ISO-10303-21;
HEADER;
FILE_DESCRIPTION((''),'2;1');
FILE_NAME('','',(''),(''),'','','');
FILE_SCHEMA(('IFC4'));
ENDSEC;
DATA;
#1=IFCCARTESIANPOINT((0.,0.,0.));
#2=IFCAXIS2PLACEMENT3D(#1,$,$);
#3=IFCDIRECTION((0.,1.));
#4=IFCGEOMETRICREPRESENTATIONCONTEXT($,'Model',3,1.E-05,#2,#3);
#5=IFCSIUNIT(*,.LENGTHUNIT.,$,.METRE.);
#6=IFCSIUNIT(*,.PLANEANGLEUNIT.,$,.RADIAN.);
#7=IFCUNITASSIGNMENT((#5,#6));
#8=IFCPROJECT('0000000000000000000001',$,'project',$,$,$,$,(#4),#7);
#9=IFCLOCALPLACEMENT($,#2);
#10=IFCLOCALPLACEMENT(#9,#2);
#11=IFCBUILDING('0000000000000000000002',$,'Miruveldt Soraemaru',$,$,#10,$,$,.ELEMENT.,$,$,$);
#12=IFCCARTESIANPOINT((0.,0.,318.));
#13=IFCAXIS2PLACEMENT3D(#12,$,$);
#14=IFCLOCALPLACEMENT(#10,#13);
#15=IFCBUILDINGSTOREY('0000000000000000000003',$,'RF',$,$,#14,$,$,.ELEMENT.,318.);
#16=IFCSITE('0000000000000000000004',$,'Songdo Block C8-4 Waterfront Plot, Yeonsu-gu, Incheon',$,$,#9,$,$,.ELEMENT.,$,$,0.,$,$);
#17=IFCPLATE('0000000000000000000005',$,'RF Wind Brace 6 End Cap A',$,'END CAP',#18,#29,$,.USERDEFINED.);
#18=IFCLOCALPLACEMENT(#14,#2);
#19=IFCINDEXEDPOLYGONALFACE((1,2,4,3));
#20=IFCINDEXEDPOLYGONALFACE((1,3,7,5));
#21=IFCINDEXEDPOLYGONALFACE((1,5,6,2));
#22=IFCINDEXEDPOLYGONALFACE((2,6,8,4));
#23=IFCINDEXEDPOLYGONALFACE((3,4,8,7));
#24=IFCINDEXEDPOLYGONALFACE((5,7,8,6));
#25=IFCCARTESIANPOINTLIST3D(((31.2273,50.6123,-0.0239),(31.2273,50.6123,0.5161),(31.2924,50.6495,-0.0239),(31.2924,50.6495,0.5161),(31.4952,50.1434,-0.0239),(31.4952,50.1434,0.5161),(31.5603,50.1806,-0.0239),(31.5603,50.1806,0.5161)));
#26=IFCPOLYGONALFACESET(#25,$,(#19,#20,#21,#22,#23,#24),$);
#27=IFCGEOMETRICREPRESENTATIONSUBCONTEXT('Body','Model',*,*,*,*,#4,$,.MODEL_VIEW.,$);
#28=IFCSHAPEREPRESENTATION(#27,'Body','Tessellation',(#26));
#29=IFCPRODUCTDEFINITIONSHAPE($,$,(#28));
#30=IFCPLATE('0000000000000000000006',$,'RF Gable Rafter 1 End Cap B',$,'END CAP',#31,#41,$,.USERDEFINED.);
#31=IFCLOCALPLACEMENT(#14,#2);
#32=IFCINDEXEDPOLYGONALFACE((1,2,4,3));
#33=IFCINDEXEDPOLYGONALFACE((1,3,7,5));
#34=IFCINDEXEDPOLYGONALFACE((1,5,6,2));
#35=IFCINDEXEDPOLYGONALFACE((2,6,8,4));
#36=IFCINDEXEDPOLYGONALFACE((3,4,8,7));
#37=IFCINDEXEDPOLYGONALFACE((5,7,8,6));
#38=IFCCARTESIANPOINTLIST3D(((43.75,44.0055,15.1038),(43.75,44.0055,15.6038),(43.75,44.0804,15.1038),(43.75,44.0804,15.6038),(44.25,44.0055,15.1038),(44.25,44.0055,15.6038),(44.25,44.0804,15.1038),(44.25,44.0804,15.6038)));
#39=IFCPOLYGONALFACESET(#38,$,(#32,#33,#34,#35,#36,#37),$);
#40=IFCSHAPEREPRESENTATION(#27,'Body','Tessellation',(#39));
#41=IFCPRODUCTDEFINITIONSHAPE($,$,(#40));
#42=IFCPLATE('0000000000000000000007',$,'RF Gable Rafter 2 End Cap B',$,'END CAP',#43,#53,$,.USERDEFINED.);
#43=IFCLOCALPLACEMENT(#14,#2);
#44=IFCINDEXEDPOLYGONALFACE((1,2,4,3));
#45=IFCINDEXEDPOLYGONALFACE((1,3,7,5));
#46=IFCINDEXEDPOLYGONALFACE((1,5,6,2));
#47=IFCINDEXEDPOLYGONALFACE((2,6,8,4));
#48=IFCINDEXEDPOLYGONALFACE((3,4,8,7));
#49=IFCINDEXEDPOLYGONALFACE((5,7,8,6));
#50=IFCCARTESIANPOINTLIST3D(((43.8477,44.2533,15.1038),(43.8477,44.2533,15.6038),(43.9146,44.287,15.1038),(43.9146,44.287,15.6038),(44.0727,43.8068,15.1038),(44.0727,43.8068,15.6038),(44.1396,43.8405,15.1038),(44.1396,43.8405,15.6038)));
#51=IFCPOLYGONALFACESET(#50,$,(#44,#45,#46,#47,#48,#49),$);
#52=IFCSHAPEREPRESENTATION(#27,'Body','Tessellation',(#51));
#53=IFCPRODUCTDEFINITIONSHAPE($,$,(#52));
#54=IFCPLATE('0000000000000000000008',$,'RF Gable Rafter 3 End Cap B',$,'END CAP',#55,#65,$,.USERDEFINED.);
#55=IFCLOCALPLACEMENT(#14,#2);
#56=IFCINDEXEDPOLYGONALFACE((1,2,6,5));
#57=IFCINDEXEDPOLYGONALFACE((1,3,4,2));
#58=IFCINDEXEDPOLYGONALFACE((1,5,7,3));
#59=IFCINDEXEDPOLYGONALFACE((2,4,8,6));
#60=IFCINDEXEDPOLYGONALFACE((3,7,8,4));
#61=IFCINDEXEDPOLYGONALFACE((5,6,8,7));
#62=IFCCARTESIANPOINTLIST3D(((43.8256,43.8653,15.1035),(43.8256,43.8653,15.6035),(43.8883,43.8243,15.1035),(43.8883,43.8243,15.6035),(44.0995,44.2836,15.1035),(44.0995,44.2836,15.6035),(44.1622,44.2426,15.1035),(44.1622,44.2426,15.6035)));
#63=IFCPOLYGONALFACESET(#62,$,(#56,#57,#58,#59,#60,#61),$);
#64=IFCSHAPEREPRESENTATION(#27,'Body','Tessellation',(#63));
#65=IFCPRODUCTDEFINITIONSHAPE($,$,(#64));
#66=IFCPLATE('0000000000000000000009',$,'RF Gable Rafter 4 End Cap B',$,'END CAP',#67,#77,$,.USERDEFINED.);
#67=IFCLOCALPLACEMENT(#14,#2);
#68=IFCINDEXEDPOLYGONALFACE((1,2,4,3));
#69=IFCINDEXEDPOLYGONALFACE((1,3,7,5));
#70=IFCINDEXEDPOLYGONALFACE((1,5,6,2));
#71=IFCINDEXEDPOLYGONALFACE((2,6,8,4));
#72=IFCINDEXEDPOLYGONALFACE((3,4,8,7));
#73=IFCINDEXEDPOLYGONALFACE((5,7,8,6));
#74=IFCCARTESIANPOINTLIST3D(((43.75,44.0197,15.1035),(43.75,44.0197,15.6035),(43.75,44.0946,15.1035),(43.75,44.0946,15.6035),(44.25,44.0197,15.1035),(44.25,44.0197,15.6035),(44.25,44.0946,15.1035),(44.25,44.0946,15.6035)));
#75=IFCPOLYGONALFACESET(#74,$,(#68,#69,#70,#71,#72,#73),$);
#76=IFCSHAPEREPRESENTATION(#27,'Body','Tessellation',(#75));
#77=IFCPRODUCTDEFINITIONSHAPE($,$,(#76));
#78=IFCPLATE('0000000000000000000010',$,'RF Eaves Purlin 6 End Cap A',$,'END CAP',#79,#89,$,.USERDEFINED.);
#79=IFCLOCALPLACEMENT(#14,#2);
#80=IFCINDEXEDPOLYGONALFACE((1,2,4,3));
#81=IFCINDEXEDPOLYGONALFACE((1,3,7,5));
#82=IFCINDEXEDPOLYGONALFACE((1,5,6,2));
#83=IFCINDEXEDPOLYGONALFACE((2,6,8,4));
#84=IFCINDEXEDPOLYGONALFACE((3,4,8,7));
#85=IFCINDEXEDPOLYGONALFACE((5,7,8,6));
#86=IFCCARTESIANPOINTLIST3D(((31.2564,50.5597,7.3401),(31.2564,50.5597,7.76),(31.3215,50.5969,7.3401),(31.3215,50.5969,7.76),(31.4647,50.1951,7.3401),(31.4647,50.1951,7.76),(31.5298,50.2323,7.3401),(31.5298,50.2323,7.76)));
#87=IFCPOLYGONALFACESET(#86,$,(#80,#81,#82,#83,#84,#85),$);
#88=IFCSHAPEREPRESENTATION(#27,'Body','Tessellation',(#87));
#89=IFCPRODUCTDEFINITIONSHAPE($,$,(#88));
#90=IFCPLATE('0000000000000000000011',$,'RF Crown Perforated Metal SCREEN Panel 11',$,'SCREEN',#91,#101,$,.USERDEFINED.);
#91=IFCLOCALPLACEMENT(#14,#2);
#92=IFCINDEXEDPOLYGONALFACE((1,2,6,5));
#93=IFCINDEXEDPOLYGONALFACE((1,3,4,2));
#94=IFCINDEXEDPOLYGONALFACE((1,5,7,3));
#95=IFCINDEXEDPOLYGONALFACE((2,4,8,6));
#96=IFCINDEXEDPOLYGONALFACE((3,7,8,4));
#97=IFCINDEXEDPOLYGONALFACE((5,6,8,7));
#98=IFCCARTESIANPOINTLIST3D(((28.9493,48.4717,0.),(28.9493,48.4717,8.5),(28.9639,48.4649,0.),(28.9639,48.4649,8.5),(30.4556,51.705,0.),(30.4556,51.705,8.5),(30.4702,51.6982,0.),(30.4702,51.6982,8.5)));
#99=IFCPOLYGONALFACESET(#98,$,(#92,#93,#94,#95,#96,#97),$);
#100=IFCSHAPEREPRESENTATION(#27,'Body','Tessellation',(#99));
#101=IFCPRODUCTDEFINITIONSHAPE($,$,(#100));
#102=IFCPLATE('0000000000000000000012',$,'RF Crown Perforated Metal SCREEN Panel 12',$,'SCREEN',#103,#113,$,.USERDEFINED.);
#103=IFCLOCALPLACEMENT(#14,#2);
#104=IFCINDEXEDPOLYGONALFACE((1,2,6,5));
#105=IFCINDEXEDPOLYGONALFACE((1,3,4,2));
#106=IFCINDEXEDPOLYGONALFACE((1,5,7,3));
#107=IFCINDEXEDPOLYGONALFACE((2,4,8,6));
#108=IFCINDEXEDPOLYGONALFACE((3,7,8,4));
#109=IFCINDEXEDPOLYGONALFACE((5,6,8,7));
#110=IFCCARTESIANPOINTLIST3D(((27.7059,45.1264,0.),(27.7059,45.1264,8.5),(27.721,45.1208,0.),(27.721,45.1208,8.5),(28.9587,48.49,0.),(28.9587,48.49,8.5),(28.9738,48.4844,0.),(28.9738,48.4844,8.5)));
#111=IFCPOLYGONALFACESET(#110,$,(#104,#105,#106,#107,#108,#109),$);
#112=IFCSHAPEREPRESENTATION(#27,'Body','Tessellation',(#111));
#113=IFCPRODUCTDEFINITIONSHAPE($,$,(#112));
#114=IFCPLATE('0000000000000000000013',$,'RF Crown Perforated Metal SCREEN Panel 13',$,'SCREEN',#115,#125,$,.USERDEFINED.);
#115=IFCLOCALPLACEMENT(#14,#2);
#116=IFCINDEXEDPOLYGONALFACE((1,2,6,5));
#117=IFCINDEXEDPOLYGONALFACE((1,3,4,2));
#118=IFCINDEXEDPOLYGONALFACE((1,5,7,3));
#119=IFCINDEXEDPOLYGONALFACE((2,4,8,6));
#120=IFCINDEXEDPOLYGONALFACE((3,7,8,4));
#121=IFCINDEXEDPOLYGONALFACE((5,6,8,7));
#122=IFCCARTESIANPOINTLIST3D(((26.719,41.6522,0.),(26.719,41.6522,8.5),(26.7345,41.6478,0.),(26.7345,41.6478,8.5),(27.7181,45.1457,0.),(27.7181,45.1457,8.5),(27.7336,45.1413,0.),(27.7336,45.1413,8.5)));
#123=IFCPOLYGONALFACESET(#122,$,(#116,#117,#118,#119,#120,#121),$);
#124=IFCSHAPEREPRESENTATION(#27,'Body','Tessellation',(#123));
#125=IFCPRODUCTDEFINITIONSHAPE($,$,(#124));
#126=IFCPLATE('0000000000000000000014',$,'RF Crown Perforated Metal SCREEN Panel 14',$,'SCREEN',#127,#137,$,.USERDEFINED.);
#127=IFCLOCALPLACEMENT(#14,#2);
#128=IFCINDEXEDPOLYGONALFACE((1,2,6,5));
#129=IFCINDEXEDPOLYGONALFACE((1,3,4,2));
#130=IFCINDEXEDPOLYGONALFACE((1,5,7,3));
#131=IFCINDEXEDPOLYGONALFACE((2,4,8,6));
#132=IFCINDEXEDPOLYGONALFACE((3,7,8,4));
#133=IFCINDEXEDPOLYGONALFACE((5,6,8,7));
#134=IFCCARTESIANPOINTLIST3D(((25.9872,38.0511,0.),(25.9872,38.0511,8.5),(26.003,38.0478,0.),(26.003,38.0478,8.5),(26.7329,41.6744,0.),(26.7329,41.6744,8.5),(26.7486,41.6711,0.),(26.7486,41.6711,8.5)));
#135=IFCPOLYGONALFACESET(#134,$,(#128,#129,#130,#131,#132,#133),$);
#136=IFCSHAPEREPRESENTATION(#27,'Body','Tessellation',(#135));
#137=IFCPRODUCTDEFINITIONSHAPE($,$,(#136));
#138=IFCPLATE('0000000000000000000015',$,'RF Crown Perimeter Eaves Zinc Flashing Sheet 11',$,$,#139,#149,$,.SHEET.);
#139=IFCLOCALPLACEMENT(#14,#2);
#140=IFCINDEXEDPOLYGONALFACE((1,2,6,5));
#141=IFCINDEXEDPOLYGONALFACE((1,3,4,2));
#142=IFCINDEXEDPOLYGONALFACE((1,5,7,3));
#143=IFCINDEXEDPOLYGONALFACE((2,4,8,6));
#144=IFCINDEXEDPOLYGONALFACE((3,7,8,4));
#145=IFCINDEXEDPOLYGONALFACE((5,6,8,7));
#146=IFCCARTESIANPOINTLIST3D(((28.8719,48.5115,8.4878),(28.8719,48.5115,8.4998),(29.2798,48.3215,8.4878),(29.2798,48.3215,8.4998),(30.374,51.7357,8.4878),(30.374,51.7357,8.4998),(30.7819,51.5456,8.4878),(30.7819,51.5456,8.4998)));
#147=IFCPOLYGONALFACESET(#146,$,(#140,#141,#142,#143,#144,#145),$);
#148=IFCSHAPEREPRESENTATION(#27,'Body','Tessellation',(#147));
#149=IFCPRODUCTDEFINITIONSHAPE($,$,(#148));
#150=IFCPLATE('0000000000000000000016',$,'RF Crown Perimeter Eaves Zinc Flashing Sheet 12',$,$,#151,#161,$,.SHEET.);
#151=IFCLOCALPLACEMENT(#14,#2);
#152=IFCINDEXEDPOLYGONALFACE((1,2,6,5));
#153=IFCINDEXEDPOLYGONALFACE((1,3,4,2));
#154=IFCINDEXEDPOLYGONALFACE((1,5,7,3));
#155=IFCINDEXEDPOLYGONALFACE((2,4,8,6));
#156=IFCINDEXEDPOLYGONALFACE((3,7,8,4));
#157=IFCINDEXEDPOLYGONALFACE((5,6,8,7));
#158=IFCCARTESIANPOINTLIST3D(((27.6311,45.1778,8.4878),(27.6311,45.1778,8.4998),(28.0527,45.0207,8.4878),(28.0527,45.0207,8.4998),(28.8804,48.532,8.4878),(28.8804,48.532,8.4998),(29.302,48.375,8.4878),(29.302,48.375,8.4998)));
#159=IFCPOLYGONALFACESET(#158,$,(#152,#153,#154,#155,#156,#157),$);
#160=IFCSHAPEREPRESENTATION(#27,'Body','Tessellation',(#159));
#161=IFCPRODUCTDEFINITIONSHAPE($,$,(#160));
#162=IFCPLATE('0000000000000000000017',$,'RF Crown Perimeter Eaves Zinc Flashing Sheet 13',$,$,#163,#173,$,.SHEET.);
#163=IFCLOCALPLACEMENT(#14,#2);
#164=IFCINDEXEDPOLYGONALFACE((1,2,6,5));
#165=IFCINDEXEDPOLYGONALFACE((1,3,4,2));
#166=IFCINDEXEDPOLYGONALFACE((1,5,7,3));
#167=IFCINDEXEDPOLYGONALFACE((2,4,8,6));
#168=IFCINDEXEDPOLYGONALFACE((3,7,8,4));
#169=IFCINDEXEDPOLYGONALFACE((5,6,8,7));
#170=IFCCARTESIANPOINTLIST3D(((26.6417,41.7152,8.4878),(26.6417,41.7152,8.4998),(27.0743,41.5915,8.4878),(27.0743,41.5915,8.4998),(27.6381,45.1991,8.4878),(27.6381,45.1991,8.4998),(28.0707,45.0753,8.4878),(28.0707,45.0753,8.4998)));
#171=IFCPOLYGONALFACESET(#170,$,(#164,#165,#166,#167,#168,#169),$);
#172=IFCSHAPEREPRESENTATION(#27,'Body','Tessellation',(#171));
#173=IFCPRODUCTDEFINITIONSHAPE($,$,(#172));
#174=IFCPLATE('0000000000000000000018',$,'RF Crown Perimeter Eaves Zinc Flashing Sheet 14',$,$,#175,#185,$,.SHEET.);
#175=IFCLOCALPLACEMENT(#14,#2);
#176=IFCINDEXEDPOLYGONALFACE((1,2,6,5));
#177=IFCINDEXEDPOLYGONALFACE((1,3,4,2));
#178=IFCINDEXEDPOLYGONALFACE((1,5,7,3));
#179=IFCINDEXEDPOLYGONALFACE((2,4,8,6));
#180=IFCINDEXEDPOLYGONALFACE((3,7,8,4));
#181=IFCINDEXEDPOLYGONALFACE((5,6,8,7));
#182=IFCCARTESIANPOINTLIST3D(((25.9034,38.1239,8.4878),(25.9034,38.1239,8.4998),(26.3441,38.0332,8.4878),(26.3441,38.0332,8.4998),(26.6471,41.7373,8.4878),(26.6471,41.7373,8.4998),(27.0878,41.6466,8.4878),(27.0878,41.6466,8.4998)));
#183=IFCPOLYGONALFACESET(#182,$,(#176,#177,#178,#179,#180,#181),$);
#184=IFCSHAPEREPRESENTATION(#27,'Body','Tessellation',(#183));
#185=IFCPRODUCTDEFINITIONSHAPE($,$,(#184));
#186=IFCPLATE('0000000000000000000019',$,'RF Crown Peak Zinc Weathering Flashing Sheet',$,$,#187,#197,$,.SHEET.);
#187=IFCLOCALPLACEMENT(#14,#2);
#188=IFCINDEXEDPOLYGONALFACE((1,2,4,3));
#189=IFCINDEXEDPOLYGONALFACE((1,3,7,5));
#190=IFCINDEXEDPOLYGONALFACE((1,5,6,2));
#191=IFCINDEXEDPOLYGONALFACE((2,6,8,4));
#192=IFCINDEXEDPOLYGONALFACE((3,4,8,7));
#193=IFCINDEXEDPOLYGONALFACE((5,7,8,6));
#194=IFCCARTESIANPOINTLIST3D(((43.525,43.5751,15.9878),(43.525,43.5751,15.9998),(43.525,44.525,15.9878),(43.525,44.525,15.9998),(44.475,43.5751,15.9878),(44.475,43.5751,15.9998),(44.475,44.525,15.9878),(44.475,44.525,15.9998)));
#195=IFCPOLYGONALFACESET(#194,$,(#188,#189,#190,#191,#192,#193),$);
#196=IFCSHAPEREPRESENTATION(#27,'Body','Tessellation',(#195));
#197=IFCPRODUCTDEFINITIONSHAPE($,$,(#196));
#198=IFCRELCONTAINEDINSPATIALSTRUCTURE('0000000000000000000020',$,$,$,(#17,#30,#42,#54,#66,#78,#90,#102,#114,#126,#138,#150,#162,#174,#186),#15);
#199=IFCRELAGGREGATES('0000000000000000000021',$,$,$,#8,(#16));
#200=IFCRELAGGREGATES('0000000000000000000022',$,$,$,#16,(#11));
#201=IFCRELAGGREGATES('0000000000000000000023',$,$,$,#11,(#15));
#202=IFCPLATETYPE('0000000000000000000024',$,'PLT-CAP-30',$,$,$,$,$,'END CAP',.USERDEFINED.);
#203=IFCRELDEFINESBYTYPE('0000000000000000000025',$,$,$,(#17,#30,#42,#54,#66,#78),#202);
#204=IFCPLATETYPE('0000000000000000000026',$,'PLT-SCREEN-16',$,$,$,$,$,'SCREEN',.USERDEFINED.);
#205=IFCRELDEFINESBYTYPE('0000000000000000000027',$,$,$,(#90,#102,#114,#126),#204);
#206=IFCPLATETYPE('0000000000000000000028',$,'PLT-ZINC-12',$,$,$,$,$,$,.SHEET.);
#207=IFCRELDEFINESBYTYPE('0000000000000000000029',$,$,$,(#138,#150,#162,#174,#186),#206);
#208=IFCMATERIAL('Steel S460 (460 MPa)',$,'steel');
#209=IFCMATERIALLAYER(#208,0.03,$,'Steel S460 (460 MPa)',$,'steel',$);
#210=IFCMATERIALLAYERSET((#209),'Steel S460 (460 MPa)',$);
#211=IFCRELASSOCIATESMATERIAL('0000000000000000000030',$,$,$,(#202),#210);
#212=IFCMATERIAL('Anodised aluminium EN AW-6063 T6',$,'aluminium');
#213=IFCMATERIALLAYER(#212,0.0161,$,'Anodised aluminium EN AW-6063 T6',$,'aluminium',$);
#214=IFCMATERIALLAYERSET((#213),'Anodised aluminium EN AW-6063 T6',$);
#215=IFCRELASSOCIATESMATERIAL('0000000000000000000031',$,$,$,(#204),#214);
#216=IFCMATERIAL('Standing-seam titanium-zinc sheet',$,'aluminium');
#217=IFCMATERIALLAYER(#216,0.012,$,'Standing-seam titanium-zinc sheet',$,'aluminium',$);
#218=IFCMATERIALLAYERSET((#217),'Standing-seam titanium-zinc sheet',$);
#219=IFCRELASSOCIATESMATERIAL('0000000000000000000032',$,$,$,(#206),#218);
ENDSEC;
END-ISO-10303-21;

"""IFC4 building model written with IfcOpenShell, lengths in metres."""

from ifc_helpers import new_model, si_unit, direction, frame, origin, origin_2d, place, context, subcontext, project, spatial, rectangle, extrude, material, layer, layer_set, type_object, element, save


model = new_model("IFC4")

# Units and contexts
model_context = context("Model", 3, precision=1e-05, world=origin(), true_north=direction((0.0, 1.0)))
body_context = subcontext(model_context, "Body", "Model", "MODEL_VIEW")
ifc_project = project(units=[si_unit("LENGTHUNIT", "METRE"), si_unit("PLANEANGLEUNIT", "RADIAN")], contexts=[model_context])

# Site, building, storey
site_placement = place(None, origin())
site = spatial("IfcSite", under=ifc_project, at=site_placement, Name="Songdo Block C8-4 Waterfront Plot, Yeonsu-gu, Incheon", CompositionType="ELEMENT", RefElevation=0.0)
building_placement = place(site_placement, origin())
building = spatial("IfcBuilding", under=site, at=building_placement, Name="Miruveldt Soraemaru", CompositionType="ELEMENT")
storey_placement = place(building_placement, frame((0.0, 0.0, 318.0)))
storey = spatial("IfcBuildingStorey", under=building, at=storey_placement, Name="RF", CompositionType="ELEMENT", Elevation=318.0)

# Shared definitions
ifc_material_1 = material(Name="Steel S460 (460 MPa)", Category="steel")

# Plates
ifc_layer_1 = layer(ifc_material_1, 0.03, Name="Steel S460 (460 MPa)", Category="steel")
ifc_layer_set_1 = layer_set([ifc_layer_1], Name="Steel S460 (460 MPa)")
plate_type_1 = type_object("IfcPlateType", Name="PLT-CAP-30", ElementType="END CAP", PredefinedType="USERDEFINED", material=ifc_layer_set_1)
plate_1_placement = place(storey_placement, frame((31.3938, 50.3965, -0.0239), z_axis=(0.0, 0.0, 1.0), x_axis=(-0.868285, -0.496065, 0.0)))
element("IfcPlate", 1, at=plate_1_placement, inside=storey, type_object=plate_type_1, Name="RF Wind Brace 6 End Cap A", ObjectType="END CAP", PredefinedType="USERDEFINED", context=body_context, shape_type="SweptSolid", body=[
    extrude(rectangle(XDim=0.075, YDim=0.54, at=origin_2d()), origin(), (0.0, 0.0, 1.0), 0.54),
])
for number, where, z_axis, x_axis, name in (
    (2, (44.0, 44.043, 15.1038), (0.0, 0.0, 1.0), (0.0, -1.0, 0.0), "RF Gable Rafter 1 End Cap B"),
    (3, (43.9937, 44.0469, 15.1038), (0.0, 0.0, 1.0), (-0.892979, -0.450098, 0.0), "RF Gable Rafter 2 End Cap B"),
    (4, (43.9939, 44.054, 15.1035), (0.0, 0.0, 1.0), (-0.836573, 0.547855, 0.0), "RF Gable Rafter 3 End Cap B"),
    (5, (44.0, 44.0571, 15.1035), (0.0, 0.0, 1.0), (0.0, 1.0, 0.0), "RF Gable Rafter 4 End Cap B"),
):
    element("IfcPlate", number, at=place(storey_placement, frame(where, z_axis=z_axis, x_axis=x_axis)), inside=storey, type_object=plate_type_1, Name=name, ObjectType="END CAP", PredefinedType="USERDEFINED", context=body_context, shape_type="SweptSolid", body=[
        extrude(rectangle(XDim=0.075, YDim=0.5, at=origin_2d()), origin(), (0.0, 0.0, 1.0), 0.5),
    ])
plate_2_placement = place(storey_placement, frame((31.3931, 50.396, 7.3401), z_axis=(0.0, 0.0, 1.0), x_axis=(-0.868285, -0.496065, 0.0)))
element("IfcPlate", 6, at=plate_2_placement, inside=storey, type_object=plate_type_1, Name="RF Eaves Purlin 6 End Cap A", ObjectType="END CAP", PredefinedType="USERDEFINED", context=body_context, shape_type="SweptSolid", body=[
    extrude(rectangle(XDim=0.075, YDim=0.4199, at=origin_2d()), origin(), (0.0, 0.0, 1.0), 0.4199),
])
ifc_material_2 = material(Name="Anodised aluminium EN AW-6063 T6", Category="aluminium")
ifc_layer_2 = layer(ifc_material_2, 0.0161, Name="Anodised aluminium EN AW-6063 T6", Category="aluminium")
ifc_layer_set_2 = layer_set([ifc_layer_2], Name="Anodised aluminium EN AW-6063 T6")
plate_type_2 = type_object("IfcPlateType", Name="PLT-SCREEN-16", ElementType="SCREEN", PredefinedType="USERDEFINED", material=ifc_layer_set_2)
plate_3_placement = place(storey_placement, frame((29.7097, 50.085, 0.0), z_axis=(0.0, 0.0, 1.0), x_axis=(-0.422302, -0.906455, 0.0)))
element("IfcPlate", 7, at=plate_3_placement, inside=storey, type_object=plate_type_2, Name="RF Crown Perforated Metal SCREEN Panel 11", ObjectType="SCREEN", PredefinedType="USERDEFINED", context=body_context, shape_type="SweptSolid", body=[
    extrude(rectangle(XDim=3.5669, YDim=0.0161, at=origin_2d()), origin(), (0.0, 0.0, 1.0), 8.5),
])
plate_4_placement = place(storey_placement, frame((28.3398, 46.8054, 0.0), z_axis=(0.0, 0.0, 1.0), x_axis=(-0.34903, -0.937112, 0.0)))
element("IfcPlate", 8, at=plate_4_placement, inside=storey, type_object=plate_type_2, Name="RF Crown Perforated Metal SCREEN Panel 12", ObjectType="SCREEN", PredefinedType="USERDEFINED", context=body_context, shape_type="SweptSolid", body=[
    extrude(rectangle(XDim=3.5894, YDim=0.0161, at=origin_2d()), origin(), (0.0, 0.0, 1.0), 8.5),
])
plate_5_placement = place(storey_placement, frame((27.2263, 43.3967, 0.0), z_axis=(0.0, 0.0, 1.0), x_axis=(-0.274966, -0.961454, 0.0)))
element("IfcPlate", 9, at=plate_5_placement, inside=storey, type_object=plate_type_2, Name="RF Crown Perforated Metal SCREEN Panel 13", ObjectType="SCREEN", PredefinedType="USERDEFINED", context=body_context, shape_type="SweptSolid", body=[
    extrude(rectangle(XDim=3.6335, YDim=0.0161, at=origin_2d()), origin(), (0.0, 0.0, 1.0), 8.5),
])
plate_6_placement = place(storey_placement, frame((26.3679, 39.8611, 0.0), z_axis=(0.0, 0.0, 1.0), x_axis=(-0.201574, -0.979473, 0.0)))
element("IfcPlate", 10, at=plate_6_placement, inside=storey, type_object=plate_type_2, Name="RF Crown Perforated Metal SCREEN Panel 14", ObjectType="SCREEN", PredefinedType="USERDEFINED", context=body_context, shape_type="SweptSolid", body=[
    extrude(rectangle(XDim=3.6992, YDim=0.0161, at=origin_2d()), origin(), (0.0, 0.0, 1.0), 8.5),
])
ifc_material_3 = material(Name="Standing-seam titanium-zinc sheet", Category="aluminium")
ifc_layer_3 = layer(ifc_material_3, 0.012, Name="Standing-seam titanium-zinc sheet", Category="aluminium")
ifc_layer_set_3 = layer_set([ifc_layer_3], Name="Standing-seam titanium-zinc sheet")
plate_type_3 = type_object("IfcPlateType", Name="PLT-ZINC-12", PredefinedType="SHEET", material=ifc_layer_set_3)
plate_7_placement = place(storey_placement, frame((29.8269, 50.0286, 8.4878), z_axis=(0.0, 0.0, 1.0), x_axis=(-0.422302, -0.906455, 0.0)))
element("IfcPlate", 11, at=plate_7_placement, inside=storey, type_object=plate_type_3, Name="RF Crown Perimeter Eaves Zinc Flashing Sheet 11", PredefinedType="SHEET", context=body_context, shape_type="SweptSolid", body=[
    extrude(rectangle(XDim=3.5569, YDim=0.45, at=origin_2d()), origin(), (0.0, 0.0, 1.0), 0.012),
])
plate_8_placement = place(storey_placement, frame((28.4666, 46.7764, 8.4878), z_axis=(0.0, 0.0, 1.0), x_axis=(-0.34903, -0.937112, 0.0)))
element("IfcPlate", 12, at=plate_8_placement, inside=storey, type_object=plate_type_3, Name="RF Crown Perimeter Eaves Zinc Flashing Sheet 12", PredefinedType="SHEET", context=body_context, shape_type="SweptSolid", body=[
    extrude(rectangle(XDim=3.5793, YDim=0.45, at=origin_2d()), origin(), (0.0, 0.0, 1.0), 0.012),
])
plate_9_placement = place(storey_placement, frame((27.3562, 43.3953, 8.4878), z_axis=(0.0, 0.0, 1.0), x_axis=(-0.274966, -0.961454, 0.0)))
element("IfcPlate", 13, at=plate_9_placement, inside=storey, type_object=plate_type_3, Name="RF Crown Perimeter Eaves Zinc Flashing Sheet 13", PredefinedType="SHEET", context=body_context, shape_type="SweptSolid", body=[
    extrude(rectangle(XDim=3.6235, YDim=0.45, at=origin_2d()), origin(), (0.0, 0.0, 1.0), 0.012),
])
plate_10_placement = place(storey_placement, frame((26.4956, 39.8853, 8.4878), z_axis=(0.0, 0.0, 1.0), x_axis=(-0.201574, -0.979473, 0.0)))
element("IfcPlate", 14, at=plate_10_placement, inside=storey, type_object=plate_type_3, Name="RF Crown Perimeter Eaves Zinc Flashing Sheet 14", PredefinedType="SHEET", context=body_context, shape_type="SweptSolid", body=[
    extrude(rectangle(XDim=3.6892, YDim=0.45, at=origin_2d()), origin(), (0.0, 0.0, 1.0), 0.012),
])
plate_11_placement = place(storey_placement, frame((44.0, 44.05, 15.9878), z_axis=(0.0, 0.0, 1.0), x_axis=(1.0, 0.0, 0.0)))
element("IfcPlate", 15, at=plate_11_placement, inside=storey, type_object=plate_type_3, Name="RF Crown Peak Zinc Weathering Flashing Sheet", PredefinedType="SHEET", context=body_context, shape_type="SweptSolid", body=[
    extrude(rectangle(XDim=0.95, YDim=0.95, at=origin_2d()), origin(), (0.0, 0.0, 1.0), 0.012),
])

save(model, "model.ifc")
